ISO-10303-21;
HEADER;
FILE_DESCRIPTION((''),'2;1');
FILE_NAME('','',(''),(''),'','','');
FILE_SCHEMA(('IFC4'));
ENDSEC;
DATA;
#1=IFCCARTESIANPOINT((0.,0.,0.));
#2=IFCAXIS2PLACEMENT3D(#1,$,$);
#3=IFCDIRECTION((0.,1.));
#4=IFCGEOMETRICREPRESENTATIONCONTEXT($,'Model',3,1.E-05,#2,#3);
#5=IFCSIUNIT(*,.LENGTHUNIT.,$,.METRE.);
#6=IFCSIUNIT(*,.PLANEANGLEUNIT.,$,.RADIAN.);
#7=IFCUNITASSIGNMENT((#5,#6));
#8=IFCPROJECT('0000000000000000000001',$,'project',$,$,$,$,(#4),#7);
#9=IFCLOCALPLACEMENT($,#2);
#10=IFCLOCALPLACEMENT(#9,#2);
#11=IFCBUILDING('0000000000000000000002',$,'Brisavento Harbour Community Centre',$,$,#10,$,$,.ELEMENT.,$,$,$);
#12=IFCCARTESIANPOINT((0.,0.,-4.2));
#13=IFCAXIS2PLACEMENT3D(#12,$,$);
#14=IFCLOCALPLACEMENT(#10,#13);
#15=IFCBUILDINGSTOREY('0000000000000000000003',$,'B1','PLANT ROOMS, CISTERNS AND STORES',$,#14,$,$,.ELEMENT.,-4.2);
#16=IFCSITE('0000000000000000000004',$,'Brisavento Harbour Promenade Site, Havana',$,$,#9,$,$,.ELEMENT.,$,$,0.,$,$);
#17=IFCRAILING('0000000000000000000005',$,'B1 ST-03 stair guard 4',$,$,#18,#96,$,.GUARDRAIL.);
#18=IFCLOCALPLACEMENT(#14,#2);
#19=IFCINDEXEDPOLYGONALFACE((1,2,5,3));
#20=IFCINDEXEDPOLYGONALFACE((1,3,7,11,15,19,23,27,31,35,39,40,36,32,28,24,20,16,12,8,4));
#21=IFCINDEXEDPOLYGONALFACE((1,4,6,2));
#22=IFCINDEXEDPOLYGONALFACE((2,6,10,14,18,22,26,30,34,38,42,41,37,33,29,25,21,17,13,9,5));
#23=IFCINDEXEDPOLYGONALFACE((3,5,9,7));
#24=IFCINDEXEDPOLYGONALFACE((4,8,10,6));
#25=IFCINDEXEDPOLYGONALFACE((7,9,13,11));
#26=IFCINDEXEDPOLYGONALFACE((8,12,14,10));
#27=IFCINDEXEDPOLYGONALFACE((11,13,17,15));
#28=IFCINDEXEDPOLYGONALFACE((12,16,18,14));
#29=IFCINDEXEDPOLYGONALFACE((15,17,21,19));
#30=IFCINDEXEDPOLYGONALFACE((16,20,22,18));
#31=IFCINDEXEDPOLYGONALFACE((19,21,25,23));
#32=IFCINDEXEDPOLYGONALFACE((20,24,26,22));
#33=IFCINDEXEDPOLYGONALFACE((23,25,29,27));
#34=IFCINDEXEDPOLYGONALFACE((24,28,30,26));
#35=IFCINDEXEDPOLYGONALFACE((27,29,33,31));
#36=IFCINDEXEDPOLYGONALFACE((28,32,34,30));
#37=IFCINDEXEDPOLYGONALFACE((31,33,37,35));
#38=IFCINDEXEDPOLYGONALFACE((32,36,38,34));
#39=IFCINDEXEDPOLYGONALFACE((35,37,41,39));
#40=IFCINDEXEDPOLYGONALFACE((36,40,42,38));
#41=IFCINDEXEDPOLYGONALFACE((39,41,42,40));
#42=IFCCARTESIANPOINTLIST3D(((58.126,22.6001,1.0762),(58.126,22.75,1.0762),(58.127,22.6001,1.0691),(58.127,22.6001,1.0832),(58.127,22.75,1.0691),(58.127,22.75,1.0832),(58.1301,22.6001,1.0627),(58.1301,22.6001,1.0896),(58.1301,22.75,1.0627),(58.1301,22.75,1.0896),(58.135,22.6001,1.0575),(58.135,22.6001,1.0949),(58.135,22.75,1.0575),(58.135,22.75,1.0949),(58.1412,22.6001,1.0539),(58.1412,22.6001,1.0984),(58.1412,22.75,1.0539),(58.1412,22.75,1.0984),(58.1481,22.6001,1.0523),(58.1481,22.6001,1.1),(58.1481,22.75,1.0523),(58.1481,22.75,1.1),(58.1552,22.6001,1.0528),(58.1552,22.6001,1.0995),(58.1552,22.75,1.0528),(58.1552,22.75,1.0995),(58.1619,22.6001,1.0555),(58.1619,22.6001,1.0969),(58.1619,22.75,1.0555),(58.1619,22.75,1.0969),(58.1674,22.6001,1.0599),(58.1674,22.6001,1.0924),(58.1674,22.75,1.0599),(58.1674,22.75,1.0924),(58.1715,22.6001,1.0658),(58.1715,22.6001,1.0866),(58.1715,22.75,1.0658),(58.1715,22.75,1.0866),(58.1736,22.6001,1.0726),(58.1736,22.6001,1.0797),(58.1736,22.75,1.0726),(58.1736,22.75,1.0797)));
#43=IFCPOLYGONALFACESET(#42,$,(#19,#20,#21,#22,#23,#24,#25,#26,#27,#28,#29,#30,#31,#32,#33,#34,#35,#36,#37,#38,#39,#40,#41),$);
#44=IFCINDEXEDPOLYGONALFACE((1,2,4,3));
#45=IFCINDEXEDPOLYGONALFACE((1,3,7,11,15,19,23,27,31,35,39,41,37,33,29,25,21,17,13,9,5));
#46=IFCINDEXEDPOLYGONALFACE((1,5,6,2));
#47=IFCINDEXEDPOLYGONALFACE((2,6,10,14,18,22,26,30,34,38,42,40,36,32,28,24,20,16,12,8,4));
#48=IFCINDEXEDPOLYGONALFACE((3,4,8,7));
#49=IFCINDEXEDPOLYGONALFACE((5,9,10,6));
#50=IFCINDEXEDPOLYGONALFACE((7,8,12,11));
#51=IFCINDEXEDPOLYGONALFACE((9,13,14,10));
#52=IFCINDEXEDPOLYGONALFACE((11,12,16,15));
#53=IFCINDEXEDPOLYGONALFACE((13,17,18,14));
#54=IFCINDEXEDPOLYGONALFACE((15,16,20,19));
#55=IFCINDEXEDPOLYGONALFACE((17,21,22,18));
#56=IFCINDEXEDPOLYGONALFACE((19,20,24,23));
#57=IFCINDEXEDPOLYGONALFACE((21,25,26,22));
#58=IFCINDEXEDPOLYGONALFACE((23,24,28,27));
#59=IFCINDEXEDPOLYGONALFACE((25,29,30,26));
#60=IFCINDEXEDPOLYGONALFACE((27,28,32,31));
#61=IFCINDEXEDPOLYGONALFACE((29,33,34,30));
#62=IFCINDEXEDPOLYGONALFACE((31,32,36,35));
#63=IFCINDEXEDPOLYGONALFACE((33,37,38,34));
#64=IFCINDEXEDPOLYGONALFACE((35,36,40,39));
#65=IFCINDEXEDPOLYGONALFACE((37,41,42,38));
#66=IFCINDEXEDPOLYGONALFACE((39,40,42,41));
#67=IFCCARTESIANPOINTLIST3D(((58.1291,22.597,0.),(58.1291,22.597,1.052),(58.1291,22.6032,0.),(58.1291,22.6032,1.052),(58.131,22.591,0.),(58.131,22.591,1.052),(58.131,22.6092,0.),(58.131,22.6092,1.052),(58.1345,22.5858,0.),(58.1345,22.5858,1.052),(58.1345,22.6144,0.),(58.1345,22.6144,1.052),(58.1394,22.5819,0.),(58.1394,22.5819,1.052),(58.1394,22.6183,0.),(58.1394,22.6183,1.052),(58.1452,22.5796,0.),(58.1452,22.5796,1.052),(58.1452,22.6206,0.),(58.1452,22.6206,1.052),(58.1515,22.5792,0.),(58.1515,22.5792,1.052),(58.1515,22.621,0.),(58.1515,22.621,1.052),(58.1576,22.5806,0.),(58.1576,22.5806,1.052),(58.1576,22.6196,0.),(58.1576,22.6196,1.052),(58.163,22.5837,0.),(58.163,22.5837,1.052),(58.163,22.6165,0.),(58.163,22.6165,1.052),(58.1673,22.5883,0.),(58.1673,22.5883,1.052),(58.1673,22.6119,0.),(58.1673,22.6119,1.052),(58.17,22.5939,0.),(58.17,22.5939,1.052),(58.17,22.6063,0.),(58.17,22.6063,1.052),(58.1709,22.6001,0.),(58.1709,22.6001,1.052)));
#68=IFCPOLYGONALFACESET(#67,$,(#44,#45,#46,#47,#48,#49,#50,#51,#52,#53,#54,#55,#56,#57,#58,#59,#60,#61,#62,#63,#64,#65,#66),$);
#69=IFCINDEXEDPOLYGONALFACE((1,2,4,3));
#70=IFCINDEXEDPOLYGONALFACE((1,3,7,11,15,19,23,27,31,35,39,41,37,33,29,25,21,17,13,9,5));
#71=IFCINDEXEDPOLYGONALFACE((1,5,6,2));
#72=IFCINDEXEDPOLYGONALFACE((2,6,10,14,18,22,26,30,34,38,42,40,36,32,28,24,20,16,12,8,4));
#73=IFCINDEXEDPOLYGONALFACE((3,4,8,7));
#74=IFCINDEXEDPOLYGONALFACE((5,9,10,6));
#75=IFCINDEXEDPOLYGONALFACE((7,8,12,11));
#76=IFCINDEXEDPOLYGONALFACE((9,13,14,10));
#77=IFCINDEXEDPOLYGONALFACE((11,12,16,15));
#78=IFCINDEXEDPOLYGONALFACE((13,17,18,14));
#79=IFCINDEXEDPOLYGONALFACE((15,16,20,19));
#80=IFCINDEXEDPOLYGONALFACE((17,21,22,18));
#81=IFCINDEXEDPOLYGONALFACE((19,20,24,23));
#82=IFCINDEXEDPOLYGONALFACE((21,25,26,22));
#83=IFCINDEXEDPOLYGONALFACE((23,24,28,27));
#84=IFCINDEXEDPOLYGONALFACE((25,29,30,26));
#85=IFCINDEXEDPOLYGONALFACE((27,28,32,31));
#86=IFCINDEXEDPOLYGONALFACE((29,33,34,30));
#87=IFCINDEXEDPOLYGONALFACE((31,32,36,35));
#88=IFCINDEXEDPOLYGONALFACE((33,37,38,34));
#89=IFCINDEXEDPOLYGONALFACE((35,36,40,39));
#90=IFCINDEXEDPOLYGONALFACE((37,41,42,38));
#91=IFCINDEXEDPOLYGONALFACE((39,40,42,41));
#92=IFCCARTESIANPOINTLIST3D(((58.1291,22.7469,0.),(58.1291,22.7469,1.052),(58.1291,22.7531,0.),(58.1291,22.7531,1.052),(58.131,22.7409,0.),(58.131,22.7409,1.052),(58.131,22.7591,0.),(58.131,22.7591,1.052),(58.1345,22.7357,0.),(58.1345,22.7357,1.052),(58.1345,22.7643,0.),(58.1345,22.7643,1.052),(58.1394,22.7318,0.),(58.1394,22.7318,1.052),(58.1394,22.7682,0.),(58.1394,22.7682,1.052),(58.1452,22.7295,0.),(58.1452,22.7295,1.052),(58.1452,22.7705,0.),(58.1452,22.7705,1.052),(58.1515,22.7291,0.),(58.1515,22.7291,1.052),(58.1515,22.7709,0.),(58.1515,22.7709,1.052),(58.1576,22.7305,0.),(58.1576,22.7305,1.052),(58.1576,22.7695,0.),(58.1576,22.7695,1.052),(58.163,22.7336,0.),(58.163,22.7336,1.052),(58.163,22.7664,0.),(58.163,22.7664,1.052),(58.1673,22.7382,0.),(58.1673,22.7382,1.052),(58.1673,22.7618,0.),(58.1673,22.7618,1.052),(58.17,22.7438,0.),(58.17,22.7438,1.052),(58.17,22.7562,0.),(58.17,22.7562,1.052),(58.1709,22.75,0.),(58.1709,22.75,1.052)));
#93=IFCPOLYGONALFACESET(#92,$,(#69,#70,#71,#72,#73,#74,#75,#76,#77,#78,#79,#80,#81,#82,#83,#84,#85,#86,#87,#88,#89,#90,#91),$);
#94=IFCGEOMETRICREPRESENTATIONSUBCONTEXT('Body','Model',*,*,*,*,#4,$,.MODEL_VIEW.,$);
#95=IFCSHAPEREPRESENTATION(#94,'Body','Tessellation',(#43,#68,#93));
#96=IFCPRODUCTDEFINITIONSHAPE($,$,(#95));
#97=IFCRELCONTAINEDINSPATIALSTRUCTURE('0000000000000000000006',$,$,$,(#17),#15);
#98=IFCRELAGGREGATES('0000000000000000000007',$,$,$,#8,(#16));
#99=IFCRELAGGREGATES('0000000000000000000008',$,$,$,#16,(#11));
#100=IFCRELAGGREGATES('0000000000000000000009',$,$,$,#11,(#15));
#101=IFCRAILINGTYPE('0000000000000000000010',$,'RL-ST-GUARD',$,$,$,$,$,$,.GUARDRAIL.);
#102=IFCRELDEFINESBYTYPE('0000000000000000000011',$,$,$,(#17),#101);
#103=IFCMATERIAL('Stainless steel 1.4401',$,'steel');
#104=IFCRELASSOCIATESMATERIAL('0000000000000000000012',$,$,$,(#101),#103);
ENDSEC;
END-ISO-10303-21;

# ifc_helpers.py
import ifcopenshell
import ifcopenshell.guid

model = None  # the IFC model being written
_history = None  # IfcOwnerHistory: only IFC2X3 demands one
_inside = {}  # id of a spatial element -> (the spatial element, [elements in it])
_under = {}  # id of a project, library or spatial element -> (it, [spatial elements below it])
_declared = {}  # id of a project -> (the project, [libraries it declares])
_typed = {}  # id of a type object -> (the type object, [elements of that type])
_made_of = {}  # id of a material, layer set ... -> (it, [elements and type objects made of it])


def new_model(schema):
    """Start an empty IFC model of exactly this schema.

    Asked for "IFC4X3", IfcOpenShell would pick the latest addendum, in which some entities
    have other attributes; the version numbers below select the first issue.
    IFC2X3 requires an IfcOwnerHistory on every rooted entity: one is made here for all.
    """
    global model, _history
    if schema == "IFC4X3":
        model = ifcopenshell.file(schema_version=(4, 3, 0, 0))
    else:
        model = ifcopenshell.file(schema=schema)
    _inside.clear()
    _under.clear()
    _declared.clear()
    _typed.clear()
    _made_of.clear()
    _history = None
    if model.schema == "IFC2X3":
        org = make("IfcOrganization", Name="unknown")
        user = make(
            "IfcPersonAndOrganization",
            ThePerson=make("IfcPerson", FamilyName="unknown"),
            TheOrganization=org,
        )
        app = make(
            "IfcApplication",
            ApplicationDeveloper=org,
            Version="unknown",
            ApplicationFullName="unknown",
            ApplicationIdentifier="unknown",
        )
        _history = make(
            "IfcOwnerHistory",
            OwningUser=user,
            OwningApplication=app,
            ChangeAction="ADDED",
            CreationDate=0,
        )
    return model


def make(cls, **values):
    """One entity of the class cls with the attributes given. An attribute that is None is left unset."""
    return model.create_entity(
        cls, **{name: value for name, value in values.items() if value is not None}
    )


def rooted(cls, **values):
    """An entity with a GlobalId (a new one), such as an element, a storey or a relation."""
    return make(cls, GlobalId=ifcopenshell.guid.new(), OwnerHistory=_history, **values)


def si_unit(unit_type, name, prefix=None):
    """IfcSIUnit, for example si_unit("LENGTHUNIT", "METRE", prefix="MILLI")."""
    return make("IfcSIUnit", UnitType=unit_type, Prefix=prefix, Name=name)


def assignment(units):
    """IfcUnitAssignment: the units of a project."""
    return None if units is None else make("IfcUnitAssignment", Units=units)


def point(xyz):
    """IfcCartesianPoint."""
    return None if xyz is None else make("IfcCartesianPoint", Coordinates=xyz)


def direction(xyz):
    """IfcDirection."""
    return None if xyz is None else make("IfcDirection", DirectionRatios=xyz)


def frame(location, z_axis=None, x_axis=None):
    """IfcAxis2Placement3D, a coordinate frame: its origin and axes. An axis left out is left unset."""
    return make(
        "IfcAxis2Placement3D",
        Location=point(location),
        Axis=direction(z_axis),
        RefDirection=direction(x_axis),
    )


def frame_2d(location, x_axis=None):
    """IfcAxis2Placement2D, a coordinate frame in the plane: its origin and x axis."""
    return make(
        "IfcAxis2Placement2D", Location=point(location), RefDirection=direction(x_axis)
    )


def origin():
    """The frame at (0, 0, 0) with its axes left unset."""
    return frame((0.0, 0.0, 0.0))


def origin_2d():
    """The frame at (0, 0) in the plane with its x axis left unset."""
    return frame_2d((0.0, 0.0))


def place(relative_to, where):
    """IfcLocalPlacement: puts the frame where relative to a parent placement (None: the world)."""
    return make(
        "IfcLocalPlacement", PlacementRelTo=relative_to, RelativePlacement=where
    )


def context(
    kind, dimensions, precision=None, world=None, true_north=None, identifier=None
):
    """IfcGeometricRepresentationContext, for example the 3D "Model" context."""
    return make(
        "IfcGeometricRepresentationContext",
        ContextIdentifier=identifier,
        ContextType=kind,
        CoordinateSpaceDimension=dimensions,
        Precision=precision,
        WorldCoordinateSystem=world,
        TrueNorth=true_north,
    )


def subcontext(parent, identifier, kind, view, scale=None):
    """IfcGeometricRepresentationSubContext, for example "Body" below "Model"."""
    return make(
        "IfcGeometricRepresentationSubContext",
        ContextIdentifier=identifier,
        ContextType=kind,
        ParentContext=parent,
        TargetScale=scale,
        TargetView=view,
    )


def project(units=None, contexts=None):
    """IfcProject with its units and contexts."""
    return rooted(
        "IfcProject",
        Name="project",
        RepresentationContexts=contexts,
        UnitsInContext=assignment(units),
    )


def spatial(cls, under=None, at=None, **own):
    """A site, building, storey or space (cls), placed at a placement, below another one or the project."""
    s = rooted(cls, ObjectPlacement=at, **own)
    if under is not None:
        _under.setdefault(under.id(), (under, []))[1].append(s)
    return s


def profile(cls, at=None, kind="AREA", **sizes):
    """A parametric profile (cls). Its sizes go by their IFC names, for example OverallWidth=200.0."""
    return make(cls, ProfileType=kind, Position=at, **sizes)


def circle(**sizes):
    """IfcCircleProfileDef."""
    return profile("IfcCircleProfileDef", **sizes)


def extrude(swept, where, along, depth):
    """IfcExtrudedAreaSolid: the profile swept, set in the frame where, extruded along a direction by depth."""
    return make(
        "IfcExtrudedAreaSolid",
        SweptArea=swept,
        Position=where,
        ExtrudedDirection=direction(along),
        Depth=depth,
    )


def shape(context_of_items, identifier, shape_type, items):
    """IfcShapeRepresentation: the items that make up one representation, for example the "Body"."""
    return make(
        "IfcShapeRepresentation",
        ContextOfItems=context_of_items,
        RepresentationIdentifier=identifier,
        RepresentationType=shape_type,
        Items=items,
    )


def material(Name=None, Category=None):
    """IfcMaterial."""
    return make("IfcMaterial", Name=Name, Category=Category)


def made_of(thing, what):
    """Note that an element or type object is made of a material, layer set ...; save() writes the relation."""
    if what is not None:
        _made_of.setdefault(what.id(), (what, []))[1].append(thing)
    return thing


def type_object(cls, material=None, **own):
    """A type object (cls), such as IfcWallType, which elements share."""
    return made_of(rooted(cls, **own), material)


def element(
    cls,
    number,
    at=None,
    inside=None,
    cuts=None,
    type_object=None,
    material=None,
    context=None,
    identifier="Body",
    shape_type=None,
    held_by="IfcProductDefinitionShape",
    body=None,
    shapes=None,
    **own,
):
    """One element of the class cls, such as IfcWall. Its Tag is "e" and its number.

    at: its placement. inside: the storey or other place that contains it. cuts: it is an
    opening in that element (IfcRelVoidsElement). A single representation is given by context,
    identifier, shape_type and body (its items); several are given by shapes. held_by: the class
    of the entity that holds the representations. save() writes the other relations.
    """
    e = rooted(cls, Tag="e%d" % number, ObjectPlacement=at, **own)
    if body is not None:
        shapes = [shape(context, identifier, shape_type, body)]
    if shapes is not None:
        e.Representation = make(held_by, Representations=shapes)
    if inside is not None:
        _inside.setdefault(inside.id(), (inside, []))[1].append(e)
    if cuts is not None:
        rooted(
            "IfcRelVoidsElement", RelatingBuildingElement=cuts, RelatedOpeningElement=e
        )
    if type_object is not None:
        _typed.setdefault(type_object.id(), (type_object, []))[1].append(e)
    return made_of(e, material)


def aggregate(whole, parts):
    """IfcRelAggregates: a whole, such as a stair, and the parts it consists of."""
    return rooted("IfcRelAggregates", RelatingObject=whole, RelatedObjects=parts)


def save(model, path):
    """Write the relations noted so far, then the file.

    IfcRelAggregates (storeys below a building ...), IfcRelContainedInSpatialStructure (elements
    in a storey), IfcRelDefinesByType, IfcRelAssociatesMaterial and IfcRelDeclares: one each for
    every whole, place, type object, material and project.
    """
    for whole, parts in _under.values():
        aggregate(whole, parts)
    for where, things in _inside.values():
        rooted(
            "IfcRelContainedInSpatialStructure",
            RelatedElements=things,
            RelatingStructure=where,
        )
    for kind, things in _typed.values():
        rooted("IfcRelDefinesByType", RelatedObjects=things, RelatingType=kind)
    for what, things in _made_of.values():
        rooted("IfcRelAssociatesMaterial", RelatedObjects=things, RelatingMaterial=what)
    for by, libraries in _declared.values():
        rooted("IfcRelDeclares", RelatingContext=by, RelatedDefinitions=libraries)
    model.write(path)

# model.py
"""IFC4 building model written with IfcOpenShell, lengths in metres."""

from ifc_helpers import new_model, si_unit, direction, frame, origin, origin_2d, place, context, subcontext, project, spatial, circle, extrude, material, type_object, element, save


model = new_model("IFC4")

# Units and contexts
model_context = context("Model", 3, precision=1e-05, world=origin(), true_north=direction((0.0, 1.0)))
body_context = subcontext(model_context, "Body", "Model", "MODEL_VIEW")
ifc_project = project(units=[si_unit("LENGTHUNIT", "METRE"), si_unit("PLANEANGLEUNIT", "RADIAN")], contexts=[model_context])

# Site, building, storey
site_placement = place(None, origin())
site = spatial("IfcSite", under=ifc_project, at=site_placement, Name="Brisavento Harbour Promenade Site, Havana", CompositionType="ELEMENT", RefElevation=0.0)
building_placement = place(site_placement, origin())
building = spatial("IfcBuilding", under=site, at=building_placement, Name="Brisavento Harbour Community Centre", CompositionType="ELEMENT")
storey_placement = place(building_placement, frame((0.0, 0.0, -4.2)))
storey = spatial("IfcBuildingStorey", under=building, at=storey_placement, Name="B1", Description="PLANT ROOMS, CISTERNS AND STORES", CompositionType="ELEMENT", Elevation=-4.2)

# Railing
ifc_material_1 = material(Name="Stainless steel 1.4401", Category="steel")
railing_type_1 = type_object("IfcRailingType", Name="RL-ST-GUARD", PredefinedType="GUARDRAIL", material=ifc_material_1)
railing_1_placement = place(storey_placement, frame((58.1499, 22.6001, 0.0)))
element("IfcRailing", 1, at=railing_1_placement, inside=storey, type_object=railing_type_1, Name="B1 ST-03 stair guard 4", PredefinedType="GUARDRAIL", context=body_context, shape_type="SweptSolid", body=[
    extrude(circle(Radius=0.0239, at=origin_2d()), frame((0.0, 0.0, 1.0762), z_axis=(0.0, 1.0, 0.0), x_axis=(-1.0, 0.0, 0.0)), (0.0, 0.0, 1.0), 0.1499),
    extrude(circle(Radius=0.021, at=origin_2d()), origin(), (0.0, 0.0, 1.0), 1.052),
    extrude(circle(Radius=0.021, at=origin_2d()), frame((0.0, 0.1499, 0.0)), (0.0, 0.0, 1.0), 1.052),
])

save(model, "model.ifc")
